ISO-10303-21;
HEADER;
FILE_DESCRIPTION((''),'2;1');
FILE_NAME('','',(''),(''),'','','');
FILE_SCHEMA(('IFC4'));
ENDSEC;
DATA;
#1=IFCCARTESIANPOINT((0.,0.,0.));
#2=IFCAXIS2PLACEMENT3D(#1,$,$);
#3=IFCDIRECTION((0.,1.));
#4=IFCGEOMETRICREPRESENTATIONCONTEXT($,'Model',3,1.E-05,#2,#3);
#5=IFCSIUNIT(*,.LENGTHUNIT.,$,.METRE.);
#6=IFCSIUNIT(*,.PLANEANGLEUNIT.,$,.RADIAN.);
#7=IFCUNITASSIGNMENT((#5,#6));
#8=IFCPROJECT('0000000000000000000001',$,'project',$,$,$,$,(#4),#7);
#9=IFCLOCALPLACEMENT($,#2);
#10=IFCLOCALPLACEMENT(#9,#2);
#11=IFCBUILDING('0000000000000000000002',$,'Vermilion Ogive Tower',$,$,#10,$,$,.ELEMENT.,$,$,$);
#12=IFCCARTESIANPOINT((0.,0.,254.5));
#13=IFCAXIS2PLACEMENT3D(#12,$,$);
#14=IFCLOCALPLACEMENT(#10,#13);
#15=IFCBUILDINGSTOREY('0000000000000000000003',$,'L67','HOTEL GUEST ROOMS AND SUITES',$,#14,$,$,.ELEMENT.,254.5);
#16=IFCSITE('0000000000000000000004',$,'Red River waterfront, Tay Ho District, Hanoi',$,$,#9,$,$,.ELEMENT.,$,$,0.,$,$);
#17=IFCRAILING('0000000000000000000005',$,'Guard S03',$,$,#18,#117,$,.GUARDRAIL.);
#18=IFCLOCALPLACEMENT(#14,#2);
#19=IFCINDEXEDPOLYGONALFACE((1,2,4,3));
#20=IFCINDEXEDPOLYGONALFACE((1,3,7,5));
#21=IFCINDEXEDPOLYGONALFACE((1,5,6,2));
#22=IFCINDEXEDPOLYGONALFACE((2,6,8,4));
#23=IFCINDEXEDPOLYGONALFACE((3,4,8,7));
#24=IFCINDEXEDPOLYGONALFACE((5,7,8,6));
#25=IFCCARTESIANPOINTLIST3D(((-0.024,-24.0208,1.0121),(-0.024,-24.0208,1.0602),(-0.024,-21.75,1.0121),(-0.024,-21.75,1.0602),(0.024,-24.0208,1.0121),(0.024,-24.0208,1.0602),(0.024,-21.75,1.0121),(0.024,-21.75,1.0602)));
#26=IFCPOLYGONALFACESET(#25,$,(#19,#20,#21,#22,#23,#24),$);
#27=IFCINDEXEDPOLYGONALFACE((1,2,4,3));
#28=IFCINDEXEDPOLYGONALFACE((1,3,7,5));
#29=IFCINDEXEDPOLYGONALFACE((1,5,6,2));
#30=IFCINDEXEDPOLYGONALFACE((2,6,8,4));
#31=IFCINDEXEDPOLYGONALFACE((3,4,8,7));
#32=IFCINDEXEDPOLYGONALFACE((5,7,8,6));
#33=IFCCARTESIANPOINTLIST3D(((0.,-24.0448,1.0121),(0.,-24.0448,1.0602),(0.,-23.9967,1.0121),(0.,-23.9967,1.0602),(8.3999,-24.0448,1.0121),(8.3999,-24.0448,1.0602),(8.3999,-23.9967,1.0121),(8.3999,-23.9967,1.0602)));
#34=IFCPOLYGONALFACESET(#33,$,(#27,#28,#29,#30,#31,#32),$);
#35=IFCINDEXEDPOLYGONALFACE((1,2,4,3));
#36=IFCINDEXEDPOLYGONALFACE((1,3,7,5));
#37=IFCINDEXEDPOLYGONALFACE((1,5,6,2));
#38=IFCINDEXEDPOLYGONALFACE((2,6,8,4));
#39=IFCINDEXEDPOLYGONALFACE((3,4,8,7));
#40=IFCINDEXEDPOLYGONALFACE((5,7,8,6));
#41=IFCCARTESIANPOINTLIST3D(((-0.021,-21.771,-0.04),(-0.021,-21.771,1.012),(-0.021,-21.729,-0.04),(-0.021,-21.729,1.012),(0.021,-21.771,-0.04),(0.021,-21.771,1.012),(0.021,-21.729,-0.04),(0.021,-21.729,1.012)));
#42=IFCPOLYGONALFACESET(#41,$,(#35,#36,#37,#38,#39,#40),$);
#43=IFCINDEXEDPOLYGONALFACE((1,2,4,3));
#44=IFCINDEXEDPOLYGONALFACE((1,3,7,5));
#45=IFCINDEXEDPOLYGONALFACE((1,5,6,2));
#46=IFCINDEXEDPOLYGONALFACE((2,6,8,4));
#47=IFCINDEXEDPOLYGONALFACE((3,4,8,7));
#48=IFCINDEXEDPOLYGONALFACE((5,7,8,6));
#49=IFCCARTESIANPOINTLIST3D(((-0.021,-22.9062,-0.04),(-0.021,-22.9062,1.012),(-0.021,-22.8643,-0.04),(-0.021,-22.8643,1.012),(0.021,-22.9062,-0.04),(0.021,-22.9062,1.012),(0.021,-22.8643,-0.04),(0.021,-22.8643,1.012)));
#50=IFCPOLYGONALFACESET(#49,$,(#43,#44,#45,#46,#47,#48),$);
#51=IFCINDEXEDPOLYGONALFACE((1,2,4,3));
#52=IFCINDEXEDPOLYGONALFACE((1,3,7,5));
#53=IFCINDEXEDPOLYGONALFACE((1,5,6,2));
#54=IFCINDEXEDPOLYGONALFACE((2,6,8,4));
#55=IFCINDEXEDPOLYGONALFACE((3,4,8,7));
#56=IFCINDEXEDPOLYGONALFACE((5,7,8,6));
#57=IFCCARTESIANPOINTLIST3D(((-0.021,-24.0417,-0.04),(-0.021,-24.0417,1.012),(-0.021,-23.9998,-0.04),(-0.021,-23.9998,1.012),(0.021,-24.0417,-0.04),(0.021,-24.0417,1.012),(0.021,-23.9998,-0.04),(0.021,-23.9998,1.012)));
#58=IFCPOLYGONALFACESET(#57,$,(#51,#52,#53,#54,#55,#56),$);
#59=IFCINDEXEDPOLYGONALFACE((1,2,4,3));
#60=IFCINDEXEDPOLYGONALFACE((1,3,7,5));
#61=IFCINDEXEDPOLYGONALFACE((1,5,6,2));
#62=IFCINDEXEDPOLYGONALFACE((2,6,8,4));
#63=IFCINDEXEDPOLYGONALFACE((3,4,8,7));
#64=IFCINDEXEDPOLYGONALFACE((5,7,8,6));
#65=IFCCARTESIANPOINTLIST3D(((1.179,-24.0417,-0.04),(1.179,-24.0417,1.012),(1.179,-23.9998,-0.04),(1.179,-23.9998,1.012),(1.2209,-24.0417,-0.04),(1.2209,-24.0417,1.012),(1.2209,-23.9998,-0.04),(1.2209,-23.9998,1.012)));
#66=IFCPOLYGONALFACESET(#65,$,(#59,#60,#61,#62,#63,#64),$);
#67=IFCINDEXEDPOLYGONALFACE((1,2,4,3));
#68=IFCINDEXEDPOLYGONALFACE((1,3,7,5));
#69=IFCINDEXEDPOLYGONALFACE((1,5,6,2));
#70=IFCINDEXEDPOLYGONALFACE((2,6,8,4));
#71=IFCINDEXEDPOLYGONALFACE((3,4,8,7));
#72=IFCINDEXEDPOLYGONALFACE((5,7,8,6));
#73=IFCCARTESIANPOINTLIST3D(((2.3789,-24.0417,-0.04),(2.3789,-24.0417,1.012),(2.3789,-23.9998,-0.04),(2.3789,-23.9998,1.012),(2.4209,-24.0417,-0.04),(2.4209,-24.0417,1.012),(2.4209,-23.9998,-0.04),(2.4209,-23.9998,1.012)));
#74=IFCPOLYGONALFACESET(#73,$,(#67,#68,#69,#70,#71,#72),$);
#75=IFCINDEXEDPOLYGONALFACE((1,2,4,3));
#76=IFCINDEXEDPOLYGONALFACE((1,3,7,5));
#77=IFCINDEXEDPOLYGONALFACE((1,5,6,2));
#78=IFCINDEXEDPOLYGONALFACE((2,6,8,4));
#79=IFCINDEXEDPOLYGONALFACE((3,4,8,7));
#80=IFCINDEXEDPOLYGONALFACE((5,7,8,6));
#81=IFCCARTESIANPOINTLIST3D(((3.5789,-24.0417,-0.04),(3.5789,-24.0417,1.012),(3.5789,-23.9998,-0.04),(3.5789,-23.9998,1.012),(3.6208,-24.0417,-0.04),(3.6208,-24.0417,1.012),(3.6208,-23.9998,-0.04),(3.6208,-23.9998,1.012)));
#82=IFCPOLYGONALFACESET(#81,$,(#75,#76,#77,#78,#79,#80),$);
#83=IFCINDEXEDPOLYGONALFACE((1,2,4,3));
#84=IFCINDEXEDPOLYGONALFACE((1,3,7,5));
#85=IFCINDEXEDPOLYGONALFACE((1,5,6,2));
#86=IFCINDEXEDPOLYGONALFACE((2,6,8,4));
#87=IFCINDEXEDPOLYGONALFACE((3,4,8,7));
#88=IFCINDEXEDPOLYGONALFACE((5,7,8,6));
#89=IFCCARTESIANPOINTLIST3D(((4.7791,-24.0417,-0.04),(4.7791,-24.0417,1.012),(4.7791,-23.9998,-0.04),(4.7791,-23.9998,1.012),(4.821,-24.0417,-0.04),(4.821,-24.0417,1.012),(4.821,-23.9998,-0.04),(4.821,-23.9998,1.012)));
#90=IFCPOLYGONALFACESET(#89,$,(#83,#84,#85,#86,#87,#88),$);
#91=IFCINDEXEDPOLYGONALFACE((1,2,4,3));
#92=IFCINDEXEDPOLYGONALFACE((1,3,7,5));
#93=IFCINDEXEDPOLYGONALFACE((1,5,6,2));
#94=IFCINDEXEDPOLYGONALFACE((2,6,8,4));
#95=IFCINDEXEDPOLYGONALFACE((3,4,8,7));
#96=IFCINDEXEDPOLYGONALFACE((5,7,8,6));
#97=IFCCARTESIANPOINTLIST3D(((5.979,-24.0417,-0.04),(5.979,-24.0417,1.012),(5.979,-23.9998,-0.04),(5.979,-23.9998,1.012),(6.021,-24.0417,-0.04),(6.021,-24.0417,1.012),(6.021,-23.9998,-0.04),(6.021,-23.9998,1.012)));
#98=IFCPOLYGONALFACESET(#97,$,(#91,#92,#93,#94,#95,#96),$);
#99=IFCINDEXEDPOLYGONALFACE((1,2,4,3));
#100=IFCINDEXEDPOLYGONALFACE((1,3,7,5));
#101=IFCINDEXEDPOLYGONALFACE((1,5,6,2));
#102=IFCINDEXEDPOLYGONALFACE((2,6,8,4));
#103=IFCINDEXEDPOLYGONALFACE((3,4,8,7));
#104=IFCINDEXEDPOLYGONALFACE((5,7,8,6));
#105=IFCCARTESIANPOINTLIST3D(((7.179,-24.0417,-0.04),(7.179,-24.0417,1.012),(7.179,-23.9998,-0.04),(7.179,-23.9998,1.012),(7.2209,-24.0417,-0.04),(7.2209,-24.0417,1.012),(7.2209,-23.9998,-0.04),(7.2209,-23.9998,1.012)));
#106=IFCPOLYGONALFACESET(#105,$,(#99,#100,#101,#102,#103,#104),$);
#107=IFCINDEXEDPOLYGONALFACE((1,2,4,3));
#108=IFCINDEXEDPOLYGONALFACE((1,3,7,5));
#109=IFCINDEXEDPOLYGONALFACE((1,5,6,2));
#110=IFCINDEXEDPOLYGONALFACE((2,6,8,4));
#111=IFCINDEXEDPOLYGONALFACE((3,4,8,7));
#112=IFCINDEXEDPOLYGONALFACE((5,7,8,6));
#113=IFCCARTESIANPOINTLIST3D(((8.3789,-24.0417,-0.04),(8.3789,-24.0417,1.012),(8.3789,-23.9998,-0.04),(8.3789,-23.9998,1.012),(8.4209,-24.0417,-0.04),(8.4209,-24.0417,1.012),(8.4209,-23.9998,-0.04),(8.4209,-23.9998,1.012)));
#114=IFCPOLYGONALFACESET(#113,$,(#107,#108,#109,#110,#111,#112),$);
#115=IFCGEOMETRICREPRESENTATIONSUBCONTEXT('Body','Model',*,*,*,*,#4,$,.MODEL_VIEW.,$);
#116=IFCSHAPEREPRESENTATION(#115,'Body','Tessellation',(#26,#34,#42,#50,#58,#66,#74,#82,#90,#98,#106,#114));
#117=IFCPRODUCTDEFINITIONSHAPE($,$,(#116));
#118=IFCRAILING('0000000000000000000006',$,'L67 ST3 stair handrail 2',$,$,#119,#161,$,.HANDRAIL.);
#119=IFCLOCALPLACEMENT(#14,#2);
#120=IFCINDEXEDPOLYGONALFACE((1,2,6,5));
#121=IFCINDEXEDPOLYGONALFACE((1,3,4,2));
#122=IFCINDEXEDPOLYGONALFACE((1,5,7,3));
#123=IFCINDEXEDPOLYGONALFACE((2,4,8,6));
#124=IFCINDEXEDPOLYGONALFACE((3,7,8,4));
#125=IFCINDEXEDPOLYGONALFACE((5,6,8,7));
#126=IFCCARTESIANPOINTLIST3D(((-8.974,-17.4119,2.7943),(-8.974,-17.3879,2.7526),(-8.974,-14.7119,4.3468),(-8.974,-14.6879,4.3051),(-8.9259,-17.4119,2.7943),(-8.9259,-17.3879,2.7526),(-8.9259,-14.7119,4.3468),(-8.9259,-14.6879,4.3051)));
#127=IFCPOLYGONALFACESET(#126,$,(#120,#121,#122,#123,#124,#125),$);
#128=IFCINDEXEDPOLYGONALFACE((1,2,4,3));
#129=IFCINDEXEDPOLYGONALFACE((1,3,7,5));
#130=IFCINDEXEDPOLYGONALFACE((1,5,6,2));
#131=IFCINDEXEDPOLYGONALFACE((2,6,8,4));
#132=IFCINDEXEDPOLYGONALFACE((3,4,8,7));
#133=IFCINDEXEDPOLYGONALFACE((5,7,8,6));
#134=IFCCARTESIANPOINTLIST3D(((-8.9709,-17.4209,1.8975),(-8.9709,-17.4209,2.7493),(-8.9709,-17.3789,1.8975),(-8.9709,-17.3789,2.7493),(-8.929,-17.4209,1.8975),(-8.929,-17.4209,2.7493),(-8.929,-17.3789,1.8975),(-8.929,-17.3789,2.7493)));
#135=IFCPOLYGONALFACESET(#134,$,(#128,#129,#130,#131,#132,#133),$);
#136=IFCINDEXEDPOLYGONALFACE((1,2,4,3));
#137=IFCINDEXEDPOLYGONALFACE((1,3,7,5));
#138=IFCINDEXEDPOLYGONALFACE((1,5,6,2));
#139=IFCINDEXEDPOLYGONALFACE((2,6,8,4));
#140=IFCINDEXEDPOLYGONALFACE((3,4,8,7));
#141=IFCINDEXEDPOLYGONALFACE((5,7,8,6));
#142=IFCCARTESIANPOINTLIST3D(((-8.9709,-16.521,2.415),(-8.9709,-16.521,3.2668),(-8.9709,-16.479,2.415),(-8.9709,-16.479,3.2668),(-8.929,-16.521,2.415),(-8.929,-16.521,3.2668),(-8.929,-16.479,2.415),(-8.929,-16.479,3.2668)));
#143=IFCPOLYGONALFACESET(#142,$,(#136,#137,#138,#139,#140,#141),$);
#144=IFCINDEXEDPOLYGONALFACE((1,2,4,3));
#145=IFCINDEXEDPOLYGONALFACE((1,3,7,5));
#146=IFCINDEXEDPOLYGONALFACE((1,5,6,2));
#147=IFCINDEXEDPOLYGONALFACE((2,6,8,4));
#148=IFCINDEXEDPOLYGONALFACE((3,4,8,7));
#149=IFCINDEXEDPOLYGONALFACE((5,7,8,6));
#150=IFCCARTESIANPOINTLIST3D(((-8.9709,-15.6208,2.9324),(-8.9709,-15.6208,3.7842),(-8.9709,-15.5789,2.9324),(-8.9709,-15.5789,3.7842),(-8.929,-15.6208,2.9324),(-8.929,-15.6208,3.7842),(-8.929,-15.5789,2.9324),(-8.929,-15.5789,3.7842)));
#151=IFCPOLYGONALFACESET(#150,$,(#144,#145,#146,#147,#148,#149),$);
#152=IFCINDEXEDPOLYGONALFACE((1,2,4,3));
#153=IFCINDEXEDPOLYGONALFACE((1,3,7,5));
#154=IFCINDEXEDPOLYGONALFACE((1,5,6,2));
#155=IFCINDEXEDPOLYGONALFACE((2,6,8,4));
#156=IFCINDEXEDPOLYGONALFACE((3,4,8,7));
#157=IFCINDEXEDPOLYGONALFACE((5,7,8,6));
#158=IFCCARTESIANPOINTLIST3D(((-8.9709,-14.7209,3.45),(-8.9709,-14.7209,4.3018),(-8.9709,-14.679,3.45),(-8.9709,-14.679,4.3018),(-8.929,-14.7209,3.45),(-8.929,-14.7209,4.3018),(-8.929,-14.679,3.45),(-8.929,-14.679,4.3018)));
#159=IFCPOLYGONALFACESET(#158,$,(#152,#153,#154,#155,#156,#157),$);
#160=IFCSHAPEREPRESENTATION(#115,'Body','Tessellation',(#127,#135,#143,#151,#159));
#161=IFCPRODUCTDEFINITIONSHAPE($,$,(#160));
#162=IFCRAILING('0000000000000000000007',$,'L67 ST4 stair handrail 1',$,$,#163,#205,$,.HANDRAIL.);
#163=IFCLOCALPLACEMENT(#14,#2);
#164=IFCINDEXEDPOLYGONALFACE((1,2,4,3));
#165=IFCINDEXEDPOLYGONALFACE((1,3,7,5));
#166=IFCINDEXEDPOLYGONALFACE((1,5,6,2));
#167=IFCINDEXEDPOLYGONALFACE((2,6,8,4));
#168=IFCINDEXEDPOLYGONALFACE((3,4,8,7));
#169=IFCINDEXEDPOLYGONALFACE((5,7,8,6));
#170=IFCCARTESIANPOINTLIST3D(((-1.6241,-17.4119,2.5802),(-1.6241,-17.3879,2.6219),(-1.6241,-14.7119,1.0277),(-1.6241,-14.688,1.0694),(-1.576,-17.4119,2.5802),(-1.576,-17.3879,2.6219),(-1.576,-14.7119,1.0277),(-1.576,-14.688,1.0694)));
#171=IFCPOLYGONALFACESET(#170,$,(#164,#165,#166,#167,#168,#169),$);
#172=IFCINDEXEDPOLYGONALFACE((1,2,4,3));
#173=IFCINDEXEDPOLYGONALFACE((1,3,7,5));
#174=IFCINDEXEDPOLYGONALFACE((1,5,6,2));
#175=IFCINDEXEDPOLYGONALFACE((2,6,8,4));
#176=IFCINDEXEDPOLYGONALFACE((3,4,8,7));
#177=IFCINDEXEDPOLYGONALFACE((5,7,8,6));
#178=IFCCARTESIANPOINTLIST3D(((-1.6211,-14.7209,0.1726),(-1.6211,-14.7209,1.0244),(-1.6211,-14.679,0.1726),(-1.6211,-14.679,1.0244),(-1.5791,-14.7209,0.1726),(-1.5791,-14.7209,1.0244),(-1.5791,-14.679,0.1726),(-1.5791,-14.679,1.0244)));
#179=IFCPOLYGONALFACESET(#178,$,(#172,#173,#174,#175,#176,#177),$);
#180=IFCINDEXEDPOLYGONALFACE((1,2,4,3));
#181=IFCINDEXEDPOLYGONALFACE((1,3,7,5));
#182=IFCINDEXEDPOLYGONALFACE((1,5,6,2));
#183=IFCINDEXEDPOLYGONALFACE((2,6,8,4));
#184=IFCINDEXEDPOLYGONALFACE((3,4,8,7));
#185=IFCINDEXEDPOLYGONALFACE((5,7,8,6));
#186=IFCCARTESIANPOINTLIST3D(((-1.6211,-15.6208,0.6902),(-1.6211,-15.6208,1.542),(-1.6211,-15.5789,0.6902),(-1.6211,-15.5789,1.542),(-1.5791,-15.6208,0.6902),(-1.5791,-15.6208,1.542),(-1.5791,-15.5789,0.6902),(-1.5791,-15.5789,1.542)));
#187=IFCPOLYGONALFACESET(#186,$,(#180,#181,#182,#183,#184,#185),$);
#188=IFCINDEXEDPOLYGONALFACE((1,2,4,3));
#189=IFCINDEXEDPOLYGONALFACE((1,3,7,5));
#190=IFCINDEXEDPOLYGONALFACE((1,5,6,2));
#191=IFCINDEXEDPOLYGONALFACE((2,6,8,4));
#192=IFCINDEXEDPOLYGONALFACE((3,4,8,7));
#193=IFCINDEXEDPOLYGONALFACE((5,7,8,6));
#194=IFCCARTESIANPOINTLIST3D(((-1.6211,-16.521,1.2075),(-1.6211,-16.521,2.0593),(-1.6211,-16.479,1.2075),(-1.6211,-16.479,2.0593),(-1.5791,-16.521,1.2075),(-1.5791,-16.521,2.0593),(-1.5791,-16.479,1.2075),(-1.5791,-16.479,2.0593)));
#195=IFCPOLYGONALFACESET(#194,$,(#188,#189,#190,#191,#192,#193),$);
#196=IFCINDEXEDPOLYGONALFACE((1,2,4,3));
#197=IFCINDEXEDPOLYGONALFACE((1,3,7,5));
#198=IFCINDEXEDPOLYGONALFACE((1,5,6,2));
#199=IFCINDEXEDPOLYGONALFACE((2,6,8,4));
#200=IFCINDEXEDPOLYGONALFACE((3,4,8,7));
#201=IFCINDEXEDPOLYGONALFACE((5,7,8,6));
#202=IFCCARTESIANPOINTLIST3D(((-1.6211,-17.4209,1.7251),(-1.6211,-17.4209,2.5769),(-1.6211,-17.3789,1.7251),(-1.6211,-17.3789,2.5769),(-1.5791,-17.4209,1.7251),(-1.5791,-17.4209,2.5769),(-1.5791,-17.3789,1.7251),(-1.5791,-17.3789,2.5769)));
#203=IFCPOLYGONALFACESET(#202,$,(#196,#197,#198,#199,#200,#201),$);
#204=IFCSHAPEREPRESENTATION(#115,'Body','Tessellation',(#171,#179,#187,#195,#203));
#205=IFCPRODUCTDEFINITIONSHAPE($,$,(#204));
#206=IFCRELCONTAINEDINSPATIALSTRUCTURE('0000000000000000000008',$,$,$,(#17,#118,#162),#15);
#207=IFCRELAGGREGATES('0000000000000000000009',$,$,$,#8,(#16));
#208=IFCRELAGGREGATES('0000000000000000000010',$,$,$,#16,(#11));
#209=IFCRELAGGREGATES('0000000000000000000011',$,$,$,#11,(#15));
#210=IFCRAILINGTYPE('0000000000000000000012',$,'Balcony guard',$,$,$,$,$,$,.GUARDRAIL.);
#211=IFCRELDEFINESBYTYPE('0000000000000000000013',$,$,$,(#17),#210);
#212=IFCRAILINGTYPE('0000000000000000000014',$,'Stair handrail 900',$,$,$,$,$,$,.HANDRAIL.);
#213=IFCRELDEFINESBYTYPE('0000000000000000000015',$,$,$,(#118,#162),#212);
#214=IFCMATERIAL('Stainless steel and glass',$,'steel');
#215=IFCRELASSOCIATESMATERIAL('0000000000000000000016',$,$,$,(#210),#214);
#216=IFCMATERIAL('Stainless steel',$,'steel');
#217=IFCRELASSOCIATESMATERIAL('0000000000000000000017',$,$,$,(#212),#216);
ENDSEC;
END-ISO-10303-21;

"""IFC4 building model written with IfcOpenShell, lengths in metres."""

from ifc_helpers import new_model, si_unit, direction, frame, origin, origin_2d, place, context, subcontext, project, spatial, rectangle, extrude, material, type_object, element, save


model = new_model("IFC4")

# Units and contexts
model_context = context("Model", 3, precision=1e-05, world=origin(), true_north=direction((0.0, 1.0)))
body_context = subcontext(model_context, "Body", "Model", "MODEL_VIEW")
ifc_project = project(units=[si_unit("LENGTHUNIT", "METRE"), si_unit("PLANEANGLEUNIT", "RADIAN")], contexts=[model_context])

# Site, building, storey
site_placement = place(None, origin())
site = spatial("IfcSite", under=ifc_project, at=site_placement, Name="Red River waterfront, Tay Ho District, Hanoi", CompositionType="ELEMENT", RefElevation=0.0)
building_placement = place(site_placement, origin())
building = spatial("IfcBuilding", under=site, at=building_placement, Name="Vermilion Ogive Tower", CompositionType="ELEMENT")
storey_placement = place(building_placement, frame((0.0, 0.0, 254.5)))
storey = spatial("IfcBuildingStorey", under=building, at=storey_placement, Name="L67", Description="HOTEL GUEST ROOMS AND SUITES", CompositionType="ELEMENT", Elevation=254.5)

# Railings
ifc_material_1 = material(Name="Stainless steel and glass", Category="steel")
railing_type_1 = type_object("IfcRailingType", Name="Balcony guard", PredefinedType="GUARDRAIL", material=ifc_material_1)
railing_1_placement = place(storey_placement, frame((0.0, -21.75, -0.04)))
element("IfcRailing", 1, at=railing_1_placement, inside=storey, type_object=railing_type_1, Name="Guard S03", PredefinedType="GUARDRAIL", context=body_context, shape_type="SweptSolid", body=[
    extrude(rectangle(XDim=0.0481, YDim=0.0481, at=origin_2d()), frame((0.0, 0.0, 1.0762), z_axis=(0.0, -1.0, 0.0), x_axis=(1.0, 0.0, 0.0)), (0.0, 0.0, 1.0), 2.2708),
    extrude(rectangle(XDim=0.0481, YDim=0.0481, at=origin_2d()), frame((0.0, -2.2708, 1.0762), z_axis=(1.0, 0.0, 0.0), x_axis=(0.0, 1.0, 0.0)), (0.0, 0.0, 1.0), 8.3999),
    extrude(rectangle(XDim=0.042, YDim=0.042, at=origin_2d()), origin(), (0.0, 0.0, 1.0), 1.052),
    extrude(rectangle(XDim=0.042, YDim=0.042, at=origin_2d()), frame((0.0, -1.1353, 0.0)), (0.0, 0.0, 1.0), 1.052),
    extrude(rectangle(XDim=0.042, YDim=0.042, at=origin_2d()), frame((0.0, -2.2708, 0.0)), (0.0, 0.0, 1.0), 1.052),
    extrude(rectangle(XDim=0.042, YDim=0.042, at=origin_2d()), frame((1.2, -2.2708, 0.0)), (0.0, 0.0, 1.0), 1.052),
    extrude(rectangle(XDim=0.042, YDim=0.042, at=origin_2d()), frame((2.3999, -2.2708, 0.0)), (0.0, 0.0, 1.0), 1.052),
    extrude(rectangle(XDim=0.042, YDim=0.042, at=origin_2d()), frame((3.5999, -2.2708, 0.0)), (0.0, 0.0, 1.0), 1.052),
    extrude(rectangle(XDim=0.042, YDim=0.042, at=origin_2d()), frame((4.8, -2.2708, 0.0)), (0.0, 0.0, 1.0), 1.052),
    extrude(rectangle(XDim=0.042, YDim=0.042, at=origin_2d()), frame((6.0, -2.2708, 0.0)), (0.0, 0.0, 1.0), 1.052),
    extrude(rectangle(XDim=0.042, YDim=0.042, at=origin_2d()), frame((7.2, -2.2708, 0.0)), (0.0, 0.0, 1.0), 1.052),
    extrude(rectangle(XDim=0.042, YDim=0.042, at=origin_2d()), frame((8.3999, -2.2708, 0.0)), (0.0, 0.0, 1.0), 1.052),
])
ifc_material_2 = material(Name="Stainless steel", Category="steel")
railing_type_2 = type_object("IfcRailingType", Name="Stair handrail 900", PredefinedType="HANDRAIL", material=ifc_material_2)
railing_2_placement = place(storey_placement, frame((-8.95, -17.3999, 1.8975)))
element("IfcRailing", 2, at=railing_2_placement, inside=storey, type_object=railing_type_2, Name="L67 ST3 stair handrail 2", PredefinedType="HANDRAIL", context=body_context, shape_type="SweptSolid", body=[
    extrude(rectangle(XDim=0.0481, YDim=0.0481, at=origin_2d()), frame((0.0, 0.0, 0.876), z_axis=(0.0, 0.866904, 0.498476), x_axis=(-1.0, 0.0, 0.0)), (0.0, 0.0, 1.0), 3.1145),
    extrude(rectangle(XDim=0.042, YDim=0.042, at=origin_2d()), origin(), (0.0, 0.0, 1.0), 0.8518),
    extrude(rectangle(XDim=0.042, YDim=0.042, at=origin_2d()), frame((0.0, 0.8999, 0.5176)), (0.0, 0.0, 1.0), 0.8518),
    extrude(rectangle(XDim=0.042, YDim=0.042, at=origin_2d()), frame((0.0, 1.8, 1.0349)), (0.0, 0.0, 1.0), 0.8518),
    extrude(rectangle(XDim=0.042, YDim=0.042, at=origin_2d()), frame((0.0, 2.7, 1.5525)), (0.0, 0.0, 1.0), 0.8518),
])
railing_3_placement = place(storey_placement, frame((-1.6001, -14.7, 0.1726)))
element("IfcRailing", 3, at=railing_3_placement, inside=storey, type_object=railing_type_2, Name="L67 ST4 stair handrail 1", PredefinedType="HANDRAIL", context=body_context, shape_type="SweptSolid", body=[
    extrude(rectangle(XDim=0.0481, YDim=0.0481, at=origin_2d()), frame((0.0, 0.0, 0.876), z_axis=(0.0, -0.866904, 0.498476), x_axis=(1.0, 0.0, 0.0)), (0.0, 0.0, 1.0), 3.1145),
    extrude(rectangle(XDim=0.042, YDim=0.042, at=origin_2d()), origin(), (0.0, 0.0, 1.0), 0.8518),
    extrude(rectangle(XDim=0.042, YDim=0.042, at=origin_2d()), frame((0.0, -0.8999, 0.5176)), (0.0, 0.0, 1.0), 0.8518),
    extrude(rectangle(XDim=0.042, YDim=0.042, at=origin_2d()), frame((0.0, -1.8, 1.0349)), (0.0, 0.0, 1.0), 0.8518),
    extrude(rectangle(XDim=0.042, YDim=0.042, at=origin_2d()), frame((0.0, -2.7, 1.5525)), (0.0, 0.0, 1.0), 0.8518),
])

save(model, "model.ifc")
